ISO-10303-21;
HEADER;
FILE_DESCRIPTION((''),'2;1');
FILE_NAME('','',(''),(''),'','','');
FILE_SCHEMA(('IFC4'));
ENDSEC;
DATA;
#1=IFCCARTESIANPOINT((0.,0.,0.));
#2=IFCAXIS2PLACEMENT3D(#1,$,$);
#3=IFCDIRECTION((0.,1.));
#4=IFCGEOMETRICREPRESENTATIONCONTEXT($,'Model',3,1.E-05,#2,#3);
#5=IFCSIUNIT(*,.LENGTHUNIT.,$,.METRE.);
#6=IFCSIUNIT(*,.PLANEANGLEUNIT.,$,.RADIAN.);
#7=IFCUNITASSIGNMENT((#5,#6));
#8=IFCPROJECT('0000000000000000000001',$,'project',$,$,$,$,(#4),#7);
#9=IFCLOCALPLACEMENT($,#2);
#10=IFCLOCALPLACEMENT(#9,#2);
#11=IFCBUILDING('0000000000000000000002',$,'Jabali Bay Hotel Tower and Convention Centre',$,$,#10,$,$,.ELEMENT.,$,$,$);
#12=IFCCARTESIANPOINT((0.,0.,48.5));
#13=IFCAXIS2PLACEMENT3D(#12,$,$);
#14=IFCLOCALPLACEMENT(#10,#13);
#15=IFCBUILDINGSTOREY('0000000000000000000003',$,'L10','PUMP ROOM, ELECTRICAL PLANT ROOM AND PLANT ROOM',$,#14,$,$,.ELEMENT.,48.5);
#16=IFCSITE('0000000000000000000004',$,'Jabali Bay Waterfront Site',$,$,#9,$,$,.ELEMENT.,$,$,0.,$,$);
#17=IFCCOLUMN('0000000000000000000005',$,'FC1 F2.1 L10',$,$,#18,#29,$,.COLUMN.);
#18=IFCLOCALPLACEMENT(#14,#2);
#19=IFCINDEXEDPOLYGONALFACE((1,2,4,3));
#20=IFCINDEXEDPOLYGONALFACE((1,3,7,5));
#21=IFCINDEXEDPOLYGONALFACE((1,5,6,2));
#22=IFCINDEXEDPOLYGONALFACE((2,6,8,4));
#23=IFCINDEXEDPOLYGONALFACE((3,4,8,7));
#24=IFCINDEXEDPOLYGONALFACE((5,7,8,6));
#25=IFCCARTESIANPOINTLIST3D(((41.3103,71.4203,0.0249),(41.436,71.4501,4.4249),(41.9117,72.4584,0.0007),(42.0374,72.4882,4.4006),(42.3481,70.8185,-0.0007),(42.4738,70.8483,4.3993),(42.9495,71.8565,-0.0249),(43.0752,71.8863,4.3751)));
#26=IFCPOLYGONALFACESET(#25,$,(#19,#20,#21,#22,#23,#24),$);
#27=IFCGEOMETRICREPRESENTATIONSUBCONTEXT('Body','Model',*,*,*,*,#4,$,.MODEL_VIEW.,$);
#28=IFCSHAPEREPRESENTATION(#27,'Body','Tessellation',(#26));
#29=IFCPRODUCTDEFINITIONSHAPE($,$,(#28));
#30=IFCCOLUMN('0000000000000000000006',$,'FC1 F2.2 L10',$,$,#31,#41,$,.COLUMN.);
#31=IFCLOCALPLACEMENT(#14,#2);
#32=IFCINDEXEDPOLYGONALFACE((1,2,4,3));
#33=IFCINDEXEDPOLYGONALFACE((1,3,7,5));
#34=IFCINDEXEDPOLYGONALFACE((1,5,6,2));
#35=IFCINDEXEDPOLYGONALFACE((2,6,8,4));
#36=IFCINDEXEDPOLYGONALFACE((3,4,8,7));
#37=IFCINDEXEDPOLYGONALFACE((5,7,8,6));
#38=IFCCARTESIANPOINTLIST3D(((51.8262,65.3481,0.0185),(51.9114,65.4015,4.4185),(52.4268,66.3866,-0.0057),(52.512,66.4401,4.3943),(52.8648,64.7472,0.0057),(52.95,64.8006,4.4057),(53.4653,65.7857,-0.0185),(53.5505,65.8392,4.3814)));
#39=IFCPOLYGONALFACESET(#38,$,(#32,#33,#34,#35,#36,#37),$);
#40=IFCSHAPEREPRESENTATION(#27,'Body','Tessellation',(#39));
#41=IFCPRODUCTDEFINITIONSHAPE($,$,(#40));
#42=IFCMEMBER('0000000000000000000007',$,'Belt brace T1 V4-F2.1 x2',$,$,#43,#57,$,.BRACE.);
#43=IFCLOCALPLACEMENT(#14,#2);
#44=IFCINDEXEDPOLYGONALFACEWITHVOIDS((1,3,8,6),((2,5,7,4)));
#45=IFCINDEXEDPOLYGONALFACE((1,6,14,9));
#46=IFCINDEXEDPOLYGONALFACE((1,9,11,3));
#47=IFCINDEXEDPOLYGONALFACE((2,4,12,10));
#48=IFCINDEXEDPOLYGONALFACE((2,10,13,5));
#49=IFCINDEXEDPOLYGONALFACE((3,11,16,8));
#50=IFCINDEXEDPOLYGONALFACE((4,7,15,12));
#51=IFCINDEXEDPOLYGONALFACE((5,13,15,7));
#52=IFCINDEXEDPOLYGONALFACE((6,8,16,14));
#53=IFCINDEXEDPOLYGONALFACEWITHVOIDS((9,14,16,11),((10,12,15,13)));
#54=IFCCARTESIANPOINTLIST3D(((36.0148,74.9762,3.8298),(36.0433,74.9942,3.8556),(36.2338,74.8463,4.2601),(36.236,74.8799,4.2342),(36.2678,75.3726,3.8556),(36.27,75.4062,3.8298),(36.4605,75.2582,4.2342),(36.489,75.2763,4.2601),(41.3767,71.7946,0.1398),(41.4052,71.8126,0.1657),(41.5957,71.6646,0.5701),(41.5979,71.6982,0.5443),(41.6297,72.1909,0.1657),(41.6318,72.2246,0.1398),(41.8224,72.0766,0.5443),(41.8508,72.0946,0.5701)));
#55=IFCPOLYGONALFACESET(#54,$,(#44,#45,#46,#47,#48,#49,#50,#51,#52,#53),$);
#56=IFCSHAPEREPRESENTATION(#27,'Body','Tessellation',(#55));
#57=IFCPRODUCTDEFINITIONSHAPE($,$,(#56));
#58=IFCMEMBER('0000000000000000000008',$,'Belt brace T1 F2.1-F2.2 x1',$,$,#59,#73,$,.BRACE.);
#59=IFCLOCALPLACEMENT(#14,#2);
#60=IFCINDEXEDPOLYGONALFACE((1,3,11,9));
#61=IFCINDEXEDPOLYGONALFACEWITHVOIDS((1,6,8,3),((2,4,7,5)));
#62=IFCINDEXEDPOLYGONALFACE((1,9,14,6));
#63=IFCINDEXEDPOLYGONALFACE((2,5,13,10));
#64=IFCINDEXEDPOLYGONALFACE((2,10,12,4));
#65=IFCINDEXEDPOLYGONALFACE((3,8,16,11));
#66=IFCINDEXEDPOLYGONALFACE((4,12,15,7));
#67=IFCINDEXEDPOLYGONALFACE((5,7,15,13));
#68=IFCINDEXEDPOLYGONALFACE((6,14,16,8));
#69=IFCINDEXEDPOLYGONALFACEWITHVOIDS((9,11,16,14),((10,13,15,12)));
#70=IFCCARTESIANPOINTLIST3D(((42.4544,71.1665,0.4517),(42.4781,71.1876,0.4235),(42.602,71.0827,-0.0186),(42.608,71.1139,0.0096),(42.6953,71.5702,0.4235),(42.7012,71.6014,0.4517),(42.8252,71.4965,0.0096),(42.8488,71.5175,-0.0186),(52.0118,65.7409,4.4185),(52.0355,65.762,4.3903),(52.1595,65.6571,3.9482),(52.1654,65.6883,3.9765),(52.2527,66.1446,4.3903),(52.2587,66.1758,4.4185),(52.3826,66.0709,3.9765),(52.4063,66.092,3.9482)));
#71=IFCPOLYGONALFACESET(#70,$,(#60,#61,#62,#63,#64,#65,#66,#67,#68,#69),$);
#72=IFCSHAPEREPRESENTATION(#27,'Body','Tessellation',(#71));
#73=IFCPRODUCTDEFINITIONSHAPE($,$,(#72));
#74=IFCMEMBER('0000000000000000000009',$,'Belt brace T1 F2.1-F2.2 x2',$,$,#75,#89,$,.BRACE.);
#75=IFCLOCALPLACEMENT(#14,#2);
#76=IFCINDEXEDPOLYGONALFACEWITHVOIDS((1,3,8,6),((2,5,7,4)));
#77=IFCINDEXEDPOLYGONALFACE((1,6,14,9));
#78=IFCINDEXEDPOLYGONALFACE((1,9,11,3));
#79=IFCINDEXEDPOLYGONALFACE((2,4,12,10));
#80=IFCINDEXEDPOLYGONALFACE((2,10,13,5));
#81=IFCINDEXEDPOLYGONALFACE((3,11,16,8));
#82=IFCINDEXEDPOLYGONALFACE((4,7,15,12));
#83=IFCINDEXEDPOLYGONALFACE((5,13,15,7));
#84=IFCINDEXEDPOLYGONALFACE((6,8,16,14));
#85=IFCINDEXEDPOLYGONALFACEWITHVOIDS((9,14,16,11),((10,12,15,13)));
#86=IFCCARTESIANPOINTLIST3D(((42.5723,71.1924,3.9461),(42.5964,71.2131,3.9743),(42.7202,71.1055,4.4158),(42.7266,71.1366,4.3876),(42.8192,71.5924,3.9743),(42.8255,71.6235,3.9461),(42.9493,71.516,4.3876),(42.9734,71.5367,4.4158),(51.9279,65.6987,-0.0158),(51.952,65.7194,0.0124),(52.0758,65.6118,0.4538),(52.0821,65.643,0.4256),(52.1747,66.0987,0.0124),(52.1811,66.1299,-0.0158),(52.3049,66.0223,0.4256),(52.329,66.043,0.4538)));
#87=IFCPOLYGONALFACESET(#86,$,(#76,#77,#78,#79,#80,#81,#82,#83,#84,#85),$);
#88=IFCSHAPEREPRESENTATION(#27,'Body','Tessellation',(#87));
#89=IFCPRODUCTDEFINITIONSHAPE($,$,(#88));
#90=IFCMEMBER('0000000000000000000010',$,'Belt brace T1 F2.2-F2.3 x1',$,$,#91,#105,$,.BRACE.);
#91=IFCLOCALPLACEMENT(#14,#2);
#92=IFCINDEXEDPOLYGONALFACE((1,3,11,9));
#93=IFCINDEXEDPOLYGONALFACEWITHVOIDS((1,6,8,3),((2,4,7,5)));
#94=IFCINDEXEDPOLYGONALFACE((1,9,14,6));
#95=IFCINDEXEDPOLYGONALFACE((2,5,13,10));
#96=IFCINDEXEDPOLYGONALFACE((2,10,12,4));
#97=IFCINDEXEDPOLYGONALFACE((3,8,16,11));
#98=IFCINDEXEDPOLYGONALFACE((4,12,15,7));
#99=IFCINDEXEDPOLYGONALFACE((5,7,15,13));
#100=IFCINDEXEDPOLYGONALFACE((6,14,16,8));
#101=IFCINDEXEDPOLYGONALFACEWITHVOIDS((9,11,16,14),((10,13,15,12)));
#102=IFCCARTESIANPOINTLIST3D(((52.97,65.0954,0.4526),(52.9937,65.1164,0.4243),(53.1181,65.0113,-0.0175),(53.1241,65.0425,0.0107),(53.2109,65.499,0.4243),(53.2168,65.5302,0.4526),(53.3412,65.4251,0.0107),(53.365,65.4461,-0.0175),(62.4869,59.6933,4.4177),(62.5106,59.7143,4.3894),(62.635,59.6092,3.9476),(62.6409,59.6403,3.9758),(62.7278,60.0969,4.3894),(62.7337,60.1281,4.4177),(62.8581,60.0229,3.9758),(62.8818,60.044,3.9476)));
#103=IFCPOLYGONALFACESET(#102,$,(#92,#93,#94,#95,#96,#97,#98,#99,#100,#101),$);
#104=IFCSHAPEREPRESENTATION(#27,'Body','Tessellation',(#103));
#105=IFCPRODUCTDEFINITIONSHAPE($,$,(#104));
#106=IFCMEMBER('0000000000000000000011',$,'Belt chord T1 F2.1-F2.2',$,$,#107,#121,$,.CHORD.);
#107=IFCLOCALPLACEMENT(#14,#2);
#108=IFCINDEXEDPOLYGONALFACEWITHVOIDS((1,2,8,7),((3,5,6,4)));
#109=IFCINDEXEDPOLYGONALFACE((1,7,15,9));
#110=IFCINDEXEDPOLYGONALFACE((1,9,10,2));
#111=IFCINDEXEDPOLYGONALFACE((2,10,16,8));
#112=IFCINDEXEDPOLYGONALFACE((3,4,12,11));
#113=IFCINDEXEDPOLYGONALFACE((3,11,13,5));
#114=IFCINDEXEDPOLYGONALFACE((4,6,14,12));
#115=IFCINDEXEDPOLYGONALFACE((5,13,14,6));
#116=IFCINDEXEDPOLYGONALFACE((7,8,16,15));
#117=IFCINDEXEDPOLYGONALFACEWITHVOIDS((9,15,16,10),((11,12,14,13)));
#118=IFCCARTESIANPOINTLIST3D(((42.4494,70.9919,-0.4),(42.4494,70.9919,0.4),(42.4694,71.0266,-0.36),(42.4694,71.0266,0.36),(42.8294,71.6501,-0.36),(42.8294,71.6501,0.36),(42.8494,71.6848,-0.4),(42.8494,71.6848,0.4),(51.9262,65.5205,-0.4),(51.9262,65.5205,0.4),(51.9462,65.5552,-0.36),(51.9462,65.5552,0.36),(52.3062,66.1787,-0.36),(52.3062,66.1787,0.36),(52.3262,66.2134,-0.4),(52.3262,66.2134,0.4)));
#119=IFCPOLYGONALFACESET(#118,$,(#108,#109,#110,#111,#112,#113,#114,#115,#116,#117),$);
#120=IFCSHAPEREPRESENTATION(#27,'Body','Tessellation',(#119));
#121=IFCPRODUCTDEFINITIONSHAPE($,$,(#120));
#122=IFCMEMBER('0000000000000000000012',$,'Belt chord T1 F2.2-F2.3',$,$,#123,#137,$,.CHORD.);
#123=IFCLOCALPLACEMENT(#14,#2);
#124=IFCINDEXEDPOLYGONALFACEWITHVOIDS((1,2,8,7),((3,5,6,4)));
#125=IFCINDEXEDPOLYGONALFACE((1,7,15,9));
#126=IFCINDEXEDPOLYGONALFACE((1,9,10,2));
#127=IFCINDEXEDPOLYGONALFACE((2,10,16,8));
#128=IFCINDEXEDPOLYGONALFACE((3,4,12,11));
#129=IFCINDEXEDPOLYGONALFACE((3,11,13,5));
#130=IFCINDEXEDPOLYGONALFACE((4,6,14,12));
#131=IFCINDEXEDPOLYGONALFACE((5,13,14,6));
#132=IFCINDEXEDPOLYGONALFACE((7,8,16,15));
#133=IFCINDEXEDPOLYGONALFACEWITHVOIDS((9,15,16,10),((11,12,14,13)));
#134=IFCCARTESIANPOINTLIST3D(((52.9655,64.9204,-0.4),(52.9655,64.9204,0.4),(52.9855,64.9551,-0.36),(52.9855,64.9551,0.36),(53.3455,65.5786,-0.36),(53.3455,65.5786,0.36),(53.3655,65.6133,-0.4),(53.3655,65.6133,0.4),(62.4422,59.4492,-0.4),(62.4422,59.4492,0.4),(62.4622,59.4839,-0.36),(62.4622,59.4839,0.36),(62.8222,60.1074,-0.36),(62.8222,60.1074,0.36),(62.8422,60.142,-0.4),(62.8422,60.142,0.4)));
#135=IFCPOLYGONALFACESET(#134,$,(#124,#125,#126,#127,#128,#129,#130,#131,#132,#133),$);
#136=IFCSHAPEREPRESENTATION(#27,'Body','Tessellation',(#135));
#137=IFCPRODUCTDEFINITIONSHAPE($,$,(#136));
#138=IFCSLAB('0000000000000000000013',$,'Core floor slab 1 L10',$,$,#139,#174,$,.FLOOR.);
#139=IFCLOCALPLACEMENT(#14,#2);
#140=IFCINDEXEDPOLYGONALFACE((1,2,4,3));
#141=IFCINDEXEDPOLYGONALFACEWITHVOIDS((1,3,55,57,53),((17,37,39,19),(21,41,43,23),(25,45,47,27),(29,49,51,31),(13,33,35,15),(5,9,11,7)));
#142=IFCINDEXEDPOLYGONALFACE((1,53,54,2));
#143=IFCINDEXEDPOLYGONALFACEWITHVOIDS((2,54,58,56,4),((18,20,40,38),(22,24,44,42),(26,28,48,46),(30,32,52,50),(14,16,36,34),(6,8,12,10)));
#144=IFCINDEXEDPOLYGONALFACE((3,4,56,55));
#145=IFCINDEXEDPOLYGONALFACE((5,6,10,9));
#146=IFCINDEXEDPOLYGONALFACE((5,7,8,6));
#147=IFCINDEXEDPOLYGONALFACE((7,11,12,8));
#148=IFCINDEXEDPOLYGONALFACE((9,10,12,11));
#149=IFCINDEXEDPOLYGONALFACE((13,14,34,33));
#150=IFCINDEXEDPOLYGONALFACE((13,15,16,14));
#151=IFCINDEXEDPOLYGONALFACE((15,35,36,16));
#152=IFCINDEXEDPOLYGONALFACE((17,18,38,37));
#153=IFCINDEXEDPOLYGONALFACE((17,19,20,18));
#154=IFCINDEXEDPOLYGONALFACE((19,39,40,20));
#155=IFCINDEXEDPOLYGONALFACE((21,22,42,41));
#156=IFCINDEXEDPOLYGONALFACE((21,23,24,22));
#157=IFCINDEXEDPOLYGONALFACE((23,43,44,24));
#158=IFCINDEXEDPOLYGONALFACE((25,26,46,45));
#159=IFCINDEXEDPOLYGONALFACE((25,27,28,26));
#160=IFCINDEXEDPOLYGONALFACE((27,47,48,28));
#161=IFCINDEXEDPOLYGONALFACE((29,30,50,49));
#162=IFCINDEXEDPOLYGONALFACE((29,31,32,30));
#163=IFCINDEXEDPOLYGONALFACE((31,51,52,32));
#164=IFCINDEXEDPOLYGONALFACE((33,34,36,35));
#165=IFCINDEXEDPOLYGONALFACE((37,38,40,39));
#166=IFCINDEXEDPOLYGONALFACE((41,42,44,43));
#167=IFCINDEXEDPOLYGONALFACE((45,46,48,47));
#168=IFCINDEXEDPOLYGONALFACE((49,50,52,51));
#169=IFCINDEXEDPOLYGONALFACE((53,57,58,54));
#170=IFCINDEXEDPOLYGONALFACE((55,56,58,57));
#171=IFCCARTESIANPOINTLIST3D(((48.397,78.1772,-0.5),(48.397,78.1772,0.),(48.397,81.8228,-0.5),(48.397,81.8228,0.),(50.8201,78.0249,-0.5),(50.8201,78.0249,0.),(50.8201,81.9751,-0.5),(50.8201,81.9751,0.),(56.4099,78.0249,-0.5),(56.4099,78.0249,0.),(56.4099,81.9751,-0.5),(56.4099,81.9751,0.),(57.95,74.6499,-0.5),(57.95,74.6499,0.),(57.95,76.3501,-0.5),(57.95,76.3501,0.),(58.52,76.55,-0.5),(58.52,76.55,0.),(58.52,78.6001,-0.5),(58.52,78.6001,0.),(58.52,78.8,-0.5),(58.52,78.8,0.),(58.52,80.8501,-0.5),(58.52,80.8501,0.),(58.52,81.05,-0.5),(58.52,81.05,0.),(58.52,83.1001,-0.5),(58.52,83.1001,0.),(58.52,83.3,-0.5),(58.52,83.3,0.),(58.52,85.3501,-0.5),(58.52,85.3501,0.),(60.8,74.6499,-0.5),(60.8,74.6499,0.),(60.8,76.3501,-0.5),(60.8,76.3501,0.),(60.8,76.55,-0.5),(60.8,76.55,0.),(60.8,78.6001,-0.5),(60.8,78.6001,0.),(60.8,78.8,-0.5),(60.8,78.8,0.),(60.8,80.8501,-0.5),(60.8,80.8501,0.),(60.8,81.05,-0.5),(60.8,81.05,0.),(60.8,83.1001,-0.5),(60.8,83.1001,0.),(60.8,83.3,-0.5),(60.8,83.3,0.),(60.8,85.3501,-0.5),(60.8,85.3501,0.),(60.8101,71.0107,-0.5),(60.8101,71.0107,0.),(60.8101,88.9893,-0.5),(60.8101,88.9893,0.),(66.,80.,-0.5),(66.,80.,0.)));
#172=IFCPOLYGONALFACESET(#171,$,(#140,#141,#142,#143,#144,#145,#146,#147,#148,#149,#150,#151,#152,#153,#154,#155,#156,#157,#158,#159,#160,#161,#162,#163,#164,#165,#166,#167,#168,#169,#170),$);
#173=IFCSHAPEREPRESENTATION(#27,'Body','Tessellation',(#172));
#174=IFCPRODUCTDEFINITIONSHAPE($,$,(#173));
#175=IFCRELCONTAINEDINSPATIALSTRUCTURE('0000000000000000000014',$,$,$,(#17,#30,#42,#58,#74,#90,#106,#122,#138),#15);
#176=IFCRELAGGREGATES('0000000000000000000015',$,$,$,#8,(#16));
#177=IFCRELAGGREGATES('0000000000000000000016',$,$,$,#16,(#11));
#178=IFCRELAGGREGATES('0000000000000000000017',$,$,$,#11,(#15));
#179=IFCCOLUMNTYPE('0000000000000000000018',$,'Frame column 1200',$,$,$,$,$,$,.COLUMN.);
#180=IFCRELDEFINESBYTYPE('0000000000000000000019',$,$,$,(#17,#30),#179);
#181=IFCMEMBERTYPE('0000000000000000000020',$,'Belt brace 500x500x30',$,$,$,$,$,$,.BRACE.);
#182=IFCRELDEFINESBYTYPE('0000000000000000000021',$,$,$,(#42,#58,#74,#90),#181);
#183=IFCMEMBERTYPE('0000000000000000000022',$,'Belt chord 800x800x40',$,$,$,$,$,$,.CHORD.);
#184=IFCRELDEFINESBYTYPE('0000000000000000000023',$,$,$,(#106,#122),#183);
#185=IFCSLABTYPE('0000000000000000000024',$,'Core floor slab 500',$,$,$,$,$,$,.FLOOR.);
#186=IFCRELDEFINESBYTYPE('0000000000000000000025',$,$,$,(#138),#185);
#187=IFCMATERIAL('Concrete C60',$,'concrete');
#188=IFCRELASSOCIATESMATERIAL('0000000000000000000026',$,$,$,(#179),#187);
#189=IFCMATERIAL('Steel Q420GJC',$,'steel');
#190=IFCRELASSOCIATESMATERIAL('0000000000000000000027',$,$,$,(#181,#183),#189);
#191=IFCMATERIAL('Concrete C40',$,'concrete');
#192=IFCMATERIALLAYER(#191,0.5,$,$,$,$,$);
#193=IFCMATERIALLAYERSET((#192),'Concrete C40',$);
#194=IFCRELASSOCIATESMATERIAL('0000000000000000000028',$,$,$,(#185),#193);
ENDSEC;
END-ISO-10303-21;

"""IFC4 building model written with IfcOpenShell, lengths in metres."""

from ifc_helpers import new_model, si_unit, direction, frame, origin, origin_2d, place, context, subcontext, project, spatial, polyline, rectangle, hollow_rectangle, outline, extrude, material, layer, layer_set, material_profile, profile_set, type_object, element, save


model = new_model("IFC4")

# Units and contexts
model_context = context("Model", 3, precision=1e-05, world=origin(), true_north=direction((0.0, 1.0)))
body_context = subcontext(model_context, "Body", "Model", "MODEL_VIEW")
ifc_project = project(units=[si_unit("LENGTHUNIT", "METRE"), si_unit("PLANEANGLEUNIT", "RADIAN")], contexts=[model_context])

# Site, building, storey
site_placement = place(None, origin())
site = spatial("IfcSite", under=ifc_project, at=site_placement, Name="Jabali Bay Waterfront Site", CompositionType="ELEMENT", RefElevation=0.0)
building_placement = place(site_placement, origin())
building = spatial("IfcBuilding", under=site, at=building_placement, Name="Jabali Bay Hotel Tower and Convention Centre", CompositionType="ELEMENT")
storey_placement = place(building_placement, frame((0.0, 0.0, 48.5)))
storey = spatial("IfcBuildingStorey", under=building, at=storey_placement, Name="L10", Description="PUMP ROOM, ELECTRICAL PLANT ROOM AND PLANT ROOM", CompositionType="ELEMENT", Elevation=48.5)

# Columns
ifc_material_1 = material(Name="Concrete C60", Category="concrete")
ifc_material_profile_1 = material_profile(ifc_material_1, rectangle(XDim=1.2, YDim=1.2, at=origin_2d()), Name="Frame column 1200")
ifc_profile_set_1 = profile_set([ifc_material_profile_1], Name="Concrete C60")
column_type = type_object("IfcColumnType", Name="Frame column 1200", PredefinedType="COLUMN", material=ifc_profile_set_1)
column_1_placement = place(storey_placement, frame((42.1299, 71.6384, 0.0), z_axis=(0.028564, 0.006767, 0.999569), x_axis=(-0.864856, 0.501568, 0.021319)))
element("IfcColumn", 1, at=column_1_placement, inside=storey, type_object=column_type, Name="FC1 F2.1 L10", PredefinedType="COLUMN", context=body_context, shape_type="SweptSolid", body=[
    extrude(rectangle(XDim=1.2, YDim=1.2, at=origin_2d()), origin(), (0.0, 0.0, 1.0), 4.4019),
])
column_2_placement = place(storey_placement, frame((52.6458, 65.5669, 0.0), z_axis=(0.01936, 0.012149, 0.999739), x_axis=(-0.865517, 0.500766, 0.010676)))
element("IfcColumn", 2, at=column_2_placement, inside=storey, type_object=column_type, Name="FC1 F2.2 L10", PredefinedType="COLUMN", context=body_context, shape_type="SweptSolid", body=[
    extrude(rectangle(XDim=1.2, YDim=1.2, at=origin_2d()), origin(), (0.0, 0.0, 1.0), 4.4011),
])

# Members
ifc_material_2 = material(Name="Steel Q420GJC", Category="steel")
ifc_material_profile_2 = material_profile(ifc_material_2, hollow_rectangle(XDim=0.5, YDim=0.5, WallThickness=0.03, at=origin_2d()), Name="Belt brace 500x500x30")
ifc_profile_set_2 = profile_set([ifc_material_profile_2], Name="Steel Q420GJC")
member_type_1 = type_object("IfcMemberType", Name="Belt brace 500x500x30", PredefinedType="BRACE", material=ifc_profile_set_2)
member_1_placement = place(storey_placement, frame((41.6138, 71.9446, 0.355), z_axis=(-0.740089, 0.43916, 0.509321), x_axis=(-0.510309, -0.859991, 0.0)))
element("IfcMember", 3, at=member_1_placement, inside=storey, type_object=member_type_1, Name="Belt brace T1 V4-F2.1 x2", PredefinedType="BRACE", context=body_context, shape_type="SweptSolid", body=[
    extrude(hollow_rectangle(XDim=0.5, YDim=0.5, WallThickness=0.03, at=origin_2d()), origin(), (0.0, 0.0, 1.0), 7.2449),
])
member_2_placement = place(storey_placement, frame((42.6516, 71.342, 0.2166), z_axis=(0.81799, -0.464357, 0.339507), x_axis=(0.49368, 0.869644, 0.0)))
element("IfcMember", 4, at=member_2_placement, inside=storey, type_object=member_type_1, Name="Belt brace T1 F2.1-F2.2 x1", PredefinedType="BRACE", context=body_context, shape_type="SweptSolid", body=[
    extrude(hollow_rectangle(XDim=0.5, YDim=0.5, WallThickness=0.03, at=origin_2d()), origin(), (0.0, 0.0, 1.0), 11.6841),
])
member_3_placement = place(storey_placement, frame((52.1284, 65.8708, 0.219), z_axis=(-0.809999, 0.475642, 0.343024), x_axis=(-0.506365, -0.862319, 0.0)))
element("IfcMember", 5, at=member_3_placement, inside=storey, type_object=member_type_1, Name="Belt brace T1 F2.1-F2.2 x2", PredefinedType="BRACE", context=body_context, shape_type="SweptSolid", body=[
    extrude(hollow_rectangle(XDim=0.5, YDim=0.5, WallThickness=0.03, at=origin_2d()), origin(), (0.0, 0.0, 1.0), 11.55),
])
member_4_placement = place(storey_placement, frame((53.1675, 65.2708, 0.2175), z_axis=(0.817643, -0.464123, 0.340662), x_axis=(0.49365, 0.869661, 0.0)))
element("IfcMember", 6, at=member_4_placement, inside=storey, type_object=member_type_1, Name="Belt brace T1 F2.2-F2.3 x1", PredefinedType="BRACE", context=body_context, shape_type="SweptSolid", body=[
    extrude(hollow_rectangle(XDim=0.5, YDim=0.5, WallThickness=0.03, at=origin_2d()), origin(), (0.0, 0.0, 1.0), 11.6394),
])
ifc_material_profile_3 = material_profile(ifc_material_2, hollow_rectangle(XDim=0.8, YDim=0.8, WallThickness=0.04, at=origin_2d()), Name="Belt chord 800x800x40")
ifc_profile_set_3 = profile_set([ifc_material_profile_3], Name="Steel Q420GJC")
member_type_2 = type_object("IfcMemberType", Name="Belt chord 800x800x40", PredefinedType="CHORD", material=ifc_profile_set_3)
member_5_placement = place(storey_placement, frame((42.6494, 71.3384, 0.0), z_axis=(0.866025, -0.5, 0.0), x_axis=(0.5, 0.866025, 0.0)))
element("IfcMember", 7, at=member_5_placement, inside=storey, type_object=member_type_2, Name="Belt chord T1 F2.1-F2.2", PredefinedType="CHORD", context=body_context, shape_type="SweptSolid", body=[
    extrude(hollow_rectangle(XDim=0.8, YDim=0.8, WallThickness=0.04, at=origin_2d()), origin(), (0.0, 0.0, 1.0), 10.9429),
])
member_6_placement = place(storey_placement, frame((53.1655, 65.2668, 0.0), z_axis=(0.86603, -0.499993, 0.0), x_axis=(0.499993, 0.86603, 0.0)))
element("IfcMember", 8, at=member_6_placement, inside=storey, type_object=member_type_2, Name="Belt chord T1 F2.2-F2.3", PredefinedType="CHORD", context=body_context, shape_type="SweptSolid", body=[
    extrude(hollow_rectangle(XDim=0.8, YDim=0.8, WallThickness=0.04, at=origin_2d()), origin(), (0.0, 0.0, 1.0), 10.9426),
])

# Slab
ifc_material_3 = material(Name="Concrete C40", Category="concrete")
ifc_layer_1 = layer(ifc_material_3, 0.5)
ifc_layer_set_1 = layer_set([ifc_layer_1], Name="Concrete C40")
slab_type_1 = type_object("IfcSlabType", Name="Core floor slab 500", PredefinedType="FLOOR", material=ifc_layer_set_1)
slab_1_placement = place(storey_placement, frame((0.0, 0.0, -0.5)))
element("IfcSlab", 9, at=slab_1_placement, inside=storey, type_object=slab_type_1, Name="Core floor slab 1 L10", PredefinedType="FLOOR", context=body_context, shape_type="SweptSolid", body=[
    extrude(outline(polyline([(66.0, 80.0), (60.8101, 88.9893), (48.397, 81.8228), (48.397, 78.1772), (60.8101, 71.0107), (66.0, 80.0)]), holes=[polyline([(60.8, 74.6499), (60.8, 76.3501), (57.95, 76.3501), (57.95, 74.6499), (60.8, 74.6499)]), polyline([(58.52, 76.55), (60.8, 76.55), (60.8, 78.6001), (58.52, 78.6001), (58.52, 76.55)]), polyline([(58.52, 78.8), (60.8, 78.8), (60.8, 80.8501), (58.52, 80.8501), (58.52, 78.8)]), polyline([(56.4099, 81.9751), (50.8201, 81.9751), (50.8201, 78.0249), (56.4099, 78.0249), (56.4099, 81.9751)]), polyline([(58.52, 81.05), (60.8, 81.05), (60.8, 83.1001), (58.52, 83.1001), (58.52, 81.05)]), polyline([(58.52, 83.3), (60.8, 83.3), (60.8, 85.3501), (58.52, 85.3501), (58.52, 83.3)])]), origin(), (0.0, 0.0, 1.0), 0.5),
])

save(model, "model.ifc")
